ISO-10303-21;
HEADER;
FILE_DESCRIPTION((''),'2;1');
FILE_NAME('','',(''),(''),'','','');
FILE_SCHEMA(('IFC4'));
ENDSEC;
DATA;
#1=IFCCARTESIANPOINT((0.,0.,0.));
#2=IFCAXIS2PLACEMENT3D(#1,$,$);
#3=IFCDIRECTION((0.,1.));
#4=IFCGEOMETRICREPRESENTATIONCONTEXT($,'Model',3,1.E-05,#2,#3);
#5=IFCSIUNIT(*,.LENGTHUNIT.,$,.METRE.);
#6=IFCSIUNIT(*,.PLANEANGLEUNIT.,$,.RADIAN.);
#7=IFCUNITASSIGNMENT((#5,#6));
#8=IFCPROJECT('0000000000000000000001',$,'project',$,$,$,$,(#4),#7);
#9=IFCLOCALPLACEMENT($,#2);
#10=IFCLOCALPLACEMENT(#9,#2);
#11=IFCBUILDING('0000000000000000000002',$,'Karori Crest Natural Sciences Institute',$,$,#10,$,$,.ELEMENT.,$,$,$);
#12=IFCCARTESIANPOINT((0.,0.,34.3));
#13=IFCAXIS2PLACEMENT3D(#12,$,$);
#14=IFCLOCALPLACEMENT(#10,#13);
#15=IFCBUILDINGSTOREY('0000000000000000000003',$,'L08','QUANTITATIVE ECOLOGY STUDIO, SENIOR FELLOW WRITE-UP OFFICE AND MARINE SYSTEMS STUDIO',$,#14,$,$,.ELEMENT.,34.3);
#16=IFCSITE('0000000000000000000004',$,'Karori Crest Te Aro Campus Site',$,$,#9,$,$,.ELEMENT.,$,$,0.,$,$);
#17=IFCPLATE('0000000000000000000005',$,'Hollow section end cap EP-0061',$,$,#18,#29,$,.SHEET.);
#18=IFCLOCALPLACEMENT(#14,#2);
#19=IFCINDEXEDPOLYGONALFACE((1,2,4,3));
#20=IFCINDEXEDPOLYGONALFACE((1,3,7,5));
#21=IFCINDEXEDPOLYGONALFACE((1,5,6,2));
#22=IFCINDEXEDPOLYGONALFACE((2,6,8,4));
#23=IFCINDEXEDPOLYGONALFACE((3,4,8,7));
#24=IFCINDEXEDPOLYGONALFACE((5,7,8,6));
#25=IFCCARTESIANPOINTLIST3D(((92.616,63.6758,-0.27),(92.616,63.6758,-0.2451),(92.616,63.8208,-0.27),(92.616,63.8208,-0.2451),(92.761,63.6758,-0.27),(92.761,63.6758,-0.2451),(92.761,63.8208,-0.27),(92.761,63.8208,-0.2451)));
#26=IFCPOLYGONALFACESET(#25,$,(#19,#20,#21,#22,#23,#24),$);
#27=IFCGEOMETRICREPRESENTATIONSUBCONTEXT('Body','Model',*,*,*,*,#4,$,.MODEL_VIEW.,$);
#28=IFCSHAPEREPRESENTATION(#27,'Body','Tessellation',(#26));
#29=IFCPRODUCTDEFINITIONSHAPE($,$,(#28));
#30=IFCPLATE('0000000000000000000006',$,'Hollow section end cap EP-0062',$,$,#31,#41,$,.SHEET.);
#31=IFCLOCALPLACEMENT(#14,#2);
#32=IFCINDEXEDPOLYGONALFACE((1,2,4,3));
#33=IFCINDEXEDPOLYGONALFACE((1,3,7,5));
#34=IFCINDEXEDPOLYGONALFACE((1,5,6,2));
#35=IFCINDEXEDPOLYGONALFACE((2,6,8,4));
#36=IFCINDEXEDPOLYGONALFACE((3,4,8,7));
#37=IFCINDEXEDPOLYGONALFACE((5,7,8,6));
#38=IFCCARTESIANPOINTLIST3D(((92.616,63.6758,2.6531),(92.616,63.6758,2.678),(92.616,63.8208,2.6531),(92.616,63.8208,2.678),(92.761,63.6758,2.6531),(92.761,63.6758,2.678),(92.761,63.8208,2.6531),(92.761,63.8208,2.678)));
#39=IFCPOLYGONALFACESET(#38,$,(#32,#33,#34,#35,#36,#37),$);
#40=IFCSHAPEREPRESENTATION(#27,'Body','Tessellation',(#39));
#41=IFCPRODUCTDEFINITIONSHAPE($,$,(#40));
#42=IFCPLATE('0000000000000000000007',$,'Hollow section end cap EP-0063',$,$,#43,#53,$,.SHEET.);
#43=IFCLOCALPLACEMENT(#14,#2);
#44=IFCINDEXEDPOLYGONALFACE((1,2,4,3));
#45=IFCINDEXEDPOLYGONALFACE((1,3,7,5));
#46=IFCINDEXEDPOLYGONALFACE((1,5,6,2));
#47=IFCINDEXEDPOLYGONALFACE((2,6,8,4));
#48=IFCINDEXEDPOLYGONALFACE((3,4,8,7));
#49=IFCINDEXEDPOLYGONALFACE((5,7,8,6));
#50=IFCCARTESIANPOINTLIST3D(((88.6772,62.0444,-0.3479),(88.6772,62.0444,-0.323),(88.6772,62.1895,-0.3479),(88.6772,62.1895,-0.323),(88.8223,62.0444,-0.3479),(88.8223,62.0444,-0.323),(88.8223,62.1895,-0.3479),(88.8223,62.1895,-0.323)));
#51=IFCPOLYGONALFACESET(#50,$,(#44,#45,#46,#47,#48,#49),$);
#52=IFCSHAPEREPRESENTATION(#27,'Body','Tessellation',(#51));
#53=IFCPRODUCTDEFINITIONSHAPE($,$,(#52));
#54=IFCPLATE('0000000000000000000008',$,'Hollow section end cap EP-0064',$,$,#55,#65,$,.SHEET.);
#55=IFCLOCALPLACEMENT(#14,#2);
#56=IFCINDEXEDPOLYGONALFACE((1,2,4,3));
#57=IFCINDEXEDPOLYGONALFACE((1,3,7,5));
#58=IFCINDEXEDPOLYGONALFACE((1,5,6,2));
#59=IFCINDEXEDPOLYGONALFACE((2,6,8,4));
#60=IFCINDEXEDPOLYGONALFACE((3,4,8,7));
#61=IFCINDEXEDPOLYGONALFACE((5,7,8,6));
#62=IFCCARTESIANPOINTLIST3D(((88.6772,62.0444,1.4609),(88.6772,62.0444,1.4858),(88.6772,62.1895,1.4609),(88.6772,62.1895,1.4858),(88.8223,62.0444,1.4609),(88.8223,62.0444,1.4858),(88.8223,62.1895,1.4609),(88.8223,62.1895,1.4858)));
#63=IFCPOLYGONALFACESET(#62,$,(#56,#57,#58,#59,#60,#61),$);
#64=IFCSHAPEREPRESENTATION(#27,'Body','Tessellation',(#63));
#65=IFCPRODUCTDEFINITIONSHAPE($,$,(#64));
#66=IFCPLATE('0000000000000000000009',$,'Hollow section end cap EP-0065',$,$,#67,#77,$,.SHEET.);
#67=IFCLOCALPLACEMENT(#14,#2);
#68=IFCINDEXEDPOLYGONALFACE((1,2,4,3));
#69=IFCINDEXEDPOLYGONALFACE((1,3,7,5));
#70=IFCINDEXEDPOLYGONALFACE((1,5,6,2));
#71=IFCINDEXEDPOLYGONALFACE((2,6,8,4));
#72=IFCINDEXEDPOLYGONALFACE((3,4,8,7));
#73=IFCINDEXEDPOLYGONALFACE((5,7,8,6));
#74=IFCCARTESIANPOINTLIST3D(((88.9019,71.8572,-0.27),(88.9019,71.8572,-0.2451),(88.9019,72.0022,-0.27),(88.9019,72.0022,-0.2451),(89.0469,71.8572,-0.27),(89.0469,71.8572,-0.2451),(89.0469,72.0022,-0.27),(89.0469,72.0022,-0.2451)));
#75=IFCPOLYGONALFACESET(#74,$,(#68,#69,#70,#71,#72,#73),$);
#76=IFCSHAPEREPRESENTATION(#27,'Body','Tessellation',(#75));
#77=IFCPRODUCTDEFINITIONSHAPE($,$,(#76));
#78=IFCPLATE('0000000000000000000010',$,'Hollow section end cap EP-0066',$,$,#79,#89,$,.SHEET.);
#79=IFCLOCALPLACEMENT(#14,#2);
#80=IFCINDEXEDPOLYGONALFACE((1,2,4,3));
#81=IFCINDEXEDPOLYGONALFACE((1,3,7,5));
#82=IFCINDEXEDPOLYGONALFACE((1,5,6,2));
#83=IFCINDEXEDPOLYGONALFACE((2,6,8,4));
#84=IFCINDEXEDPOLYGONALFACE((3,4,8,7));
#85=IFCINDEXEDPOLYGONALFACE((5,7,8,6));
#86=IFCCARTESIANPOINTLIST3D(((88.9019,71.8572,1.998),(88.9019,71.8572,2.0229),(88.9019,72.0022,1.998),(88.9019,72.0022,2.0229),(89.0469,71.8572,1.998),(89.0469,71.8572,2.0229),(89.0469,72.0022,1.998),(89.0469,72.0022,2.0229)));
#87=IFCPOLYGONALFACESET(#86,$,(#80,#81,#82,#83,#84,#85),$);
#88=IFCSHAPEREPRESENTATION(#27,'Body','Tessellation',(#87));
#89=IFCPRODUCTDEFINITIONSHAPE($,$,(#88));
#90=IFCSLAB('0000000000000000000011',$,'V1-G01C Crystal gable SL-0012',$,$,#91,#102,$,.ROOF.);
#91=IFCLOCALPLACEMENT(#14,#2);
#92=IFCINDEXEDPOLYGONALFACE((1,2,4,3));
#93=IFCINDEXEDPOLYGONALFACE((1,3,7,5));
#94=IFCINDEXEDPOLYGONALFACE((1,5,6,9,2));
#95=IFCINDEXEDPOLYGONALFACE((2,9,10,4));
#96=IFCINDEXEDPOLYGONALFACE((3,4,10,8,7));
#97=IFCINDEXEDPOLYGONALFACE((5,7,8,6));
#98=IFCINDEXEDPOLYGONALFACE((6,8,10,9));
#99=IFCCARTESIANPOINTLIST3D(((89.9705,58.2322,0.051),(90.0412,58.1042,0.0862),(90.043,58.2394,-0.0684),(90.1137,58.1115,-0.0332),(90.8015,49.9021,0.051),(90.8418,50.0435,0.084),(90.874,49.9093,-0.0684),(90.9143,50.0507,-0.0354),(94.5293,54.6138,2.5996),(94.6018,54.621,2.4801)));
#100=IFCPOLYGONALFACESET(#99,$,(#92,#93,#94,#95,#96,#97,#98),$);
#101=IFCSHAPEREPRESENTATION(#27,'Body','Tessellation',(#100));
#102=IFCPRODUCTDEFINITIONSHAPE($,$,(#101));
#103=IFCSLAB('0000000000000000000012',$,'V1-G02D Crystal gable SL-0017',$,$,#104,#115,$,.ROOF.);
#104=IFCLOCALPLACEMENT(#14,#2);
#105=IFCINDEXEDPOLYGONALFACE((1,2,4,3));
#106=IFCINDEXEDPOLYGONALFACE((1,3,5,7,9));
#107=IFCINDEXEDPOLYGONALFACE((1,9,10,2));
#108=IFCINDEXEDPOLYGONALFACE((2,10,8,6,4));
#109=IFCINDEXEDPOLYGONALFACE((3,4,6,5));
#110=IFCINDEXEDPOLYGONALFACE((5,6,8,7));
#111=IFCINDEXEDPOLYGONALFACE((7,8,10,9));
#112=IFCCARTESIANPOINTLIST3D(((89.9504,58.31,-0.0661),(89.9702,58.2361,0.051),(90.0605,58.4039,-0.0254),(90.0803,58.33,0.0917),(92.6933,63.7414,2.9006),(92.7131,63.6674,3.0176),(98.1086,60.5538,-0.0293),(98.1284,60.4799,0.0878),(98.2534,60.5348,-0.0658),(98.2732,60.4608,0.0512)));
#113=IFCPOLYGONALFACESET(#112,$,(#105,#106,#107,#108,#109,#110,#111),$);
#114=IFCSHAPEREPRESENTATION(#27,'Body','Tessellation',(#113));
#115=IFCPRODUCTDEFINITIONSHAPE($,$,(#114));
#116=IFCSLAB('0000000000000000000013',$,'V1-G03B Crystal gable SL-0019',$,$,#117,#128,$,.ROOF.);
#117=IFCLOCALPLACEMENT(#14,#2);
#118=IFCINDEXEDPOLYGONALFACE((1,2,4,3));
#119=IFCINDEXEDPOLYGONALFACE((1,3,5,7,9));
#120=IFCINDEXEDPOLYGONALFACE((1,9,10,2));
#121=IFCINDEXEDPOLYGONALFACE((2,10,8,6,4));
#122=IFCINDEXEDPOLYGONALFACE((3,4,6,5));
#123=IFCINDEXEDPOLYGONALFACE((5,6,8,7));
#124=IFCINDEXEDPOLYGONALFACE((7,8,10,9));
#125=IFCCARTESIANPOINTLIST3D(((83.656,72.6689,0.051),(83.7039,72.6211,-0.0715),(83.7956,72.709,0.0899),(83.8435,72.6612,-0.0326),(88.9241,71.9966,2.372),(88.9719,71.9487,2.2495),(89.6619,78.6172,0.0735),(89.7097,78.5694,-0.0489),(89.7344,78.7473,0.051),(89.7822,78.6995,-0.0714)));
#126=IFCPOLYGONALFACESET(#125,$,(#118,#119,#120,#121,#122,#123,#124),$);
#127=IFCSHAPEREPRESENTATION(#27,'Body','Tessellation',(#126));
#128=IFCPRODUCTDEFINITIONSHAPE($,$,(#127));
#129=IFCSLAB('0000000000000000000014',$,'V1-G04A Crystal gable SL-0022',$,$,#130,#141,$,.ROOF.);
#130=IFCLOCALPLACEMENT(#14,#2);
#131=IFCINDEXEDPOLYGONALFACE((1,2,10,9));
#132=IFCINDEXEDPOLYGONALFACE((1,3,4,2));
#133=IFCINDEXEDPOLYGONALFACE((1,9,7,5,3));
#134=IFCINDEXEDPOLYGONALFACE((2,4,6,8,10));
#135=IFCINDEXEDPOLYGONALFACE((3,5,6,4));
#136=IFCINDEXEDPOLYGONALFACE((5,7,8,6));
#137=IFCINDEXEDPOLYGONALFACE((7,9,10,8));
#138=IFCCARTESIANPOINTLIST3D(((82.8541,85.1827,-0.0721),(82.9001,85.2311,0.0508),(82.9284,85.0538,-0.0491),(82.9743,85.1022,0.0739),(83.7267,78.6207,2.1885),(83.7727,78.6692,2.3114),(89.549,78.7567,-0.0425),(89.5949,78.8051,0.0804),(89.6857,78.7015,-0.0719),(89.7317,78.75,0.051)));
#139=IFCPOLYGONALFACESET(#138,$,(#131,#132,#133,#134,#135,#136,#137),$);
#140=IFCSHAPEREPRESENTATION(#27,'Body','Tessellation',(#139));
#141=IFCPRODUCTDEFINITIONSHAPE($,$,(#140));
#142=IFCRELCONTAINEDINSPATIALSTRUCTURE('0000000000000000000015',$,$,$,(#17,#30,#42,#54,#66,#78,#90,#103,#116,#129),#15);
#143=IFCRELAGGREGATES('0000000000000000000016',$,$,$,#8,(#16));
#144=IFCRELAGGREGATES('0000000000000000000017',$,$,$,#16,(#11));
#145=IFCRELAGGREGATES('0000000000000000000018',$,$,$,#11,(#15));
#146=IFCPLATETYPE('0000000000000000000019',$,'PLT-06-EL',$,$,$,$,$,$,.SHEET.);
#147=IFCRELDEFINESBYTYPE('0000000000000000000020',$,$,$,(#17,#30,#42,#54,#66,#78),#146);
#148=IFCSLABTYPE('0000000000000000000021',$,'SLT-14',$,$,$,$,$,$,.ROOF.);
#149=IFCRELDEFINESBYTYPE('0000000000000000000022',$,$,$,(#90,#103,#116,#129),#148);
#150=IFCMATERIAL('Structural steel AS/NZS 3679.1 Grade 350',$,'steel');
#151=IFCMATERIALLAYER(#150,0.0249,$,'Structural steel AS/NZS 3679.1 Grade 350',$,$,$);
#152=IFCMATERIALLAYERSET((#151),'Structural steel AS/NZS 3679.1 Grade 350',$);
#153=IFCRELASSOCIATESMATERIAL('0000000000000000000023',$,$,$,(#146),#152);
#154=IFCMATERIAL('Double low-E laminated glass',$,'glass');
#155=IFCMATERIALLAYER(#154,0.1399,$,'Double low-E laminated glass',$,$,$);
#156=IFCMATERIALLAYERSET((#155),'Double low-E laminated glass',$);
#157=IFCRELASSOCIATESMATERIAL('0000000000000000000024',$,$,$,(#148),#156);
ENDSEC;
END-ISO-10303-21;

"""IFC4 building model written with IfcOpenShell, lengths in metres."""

from ifc_helpers import new_model, si_unit, direction, frame, origin, origin_2d, place, context, subcontext, project, spatial, polyline, rectangle, outline, extrude, material, layer, layer_set, type_object, element, save


model = new_model("IFC4")

# Units and contexts
model_context = context("Model", 3, precision=1e-05, world=origin(), true_north=direction((0.0, 1.0)))
body_context = subcontext(model_context, "Body", "Model", "MODEL_VIEW")
ifc_project = project(units=[si_unit("LENGTHUNIT", "METRE"), si_unit("PLANEANGLEUNIT", "RADIAN")], contexts=[model_context])

# Site, building, storey
site_placement = place(None, origin())
site = spatial("IfcSite", under=ifc_project, at=site_placement, Name="Karori Crest Te Aro Campus Site", CompositionType="ELEMENT", RefElevation=0.0)
building_placement = place(site_placement, origin())
building = spatial("IfcBuilding", under=site, at=building_placement, Name="Karori Crest Natural Sciences Institute", CompositionType="ELEMENT")
storey_placement = place(building_placement, frame((0.0, 0.0, 34.3)))
storey = spatial("IfcBuildingStorey", under=building, at=storey_placement, Name="L08", Description="QUANTITATIVE ECOLOGY STUDIO, SENIOR FELLOW WRITE-UP OFFICE AND MARINE SYSTEMS STUDIO", CompositionType="ELEMENT", Elevation=34.3)

# Shared definitions
ifc_material_1 = material(Name="Structural steel AS/NZS 3679.1 Grade 350", Category="steel")

# Plates
ifc_layer_1 = layer(ifc_material_1, 0.0249, Name="Structural steel AS/NZS 3679.1 Grade 350")
ifc_layer_set_1 = layer_set([ifc_layer_1], Name="Structural steel AS/NZS 3679.1 Grade 350")
plate_type = type_object("IfcPlateType", Name="PLT-06-EL", PredefinedType="SHEET", material=ifc_layer_set_1)
for number, where, z_axis, x_axis, name in (
    (1, (92.6885, 63.7483, -0.27), (0.0, 0.0, 1.0), (1.0, 0.0, 0.0), "Hollow section end cap EP-0061"),
    (2, (92.6885, 63.7483, 2.6531), (0.0, 0.0, 1.0), (1.0, 0.0, 0.0), "Hollow section end cap EP-0062"),
    (3, (88.7498, 62.1169, -0.3479), (0.0, 0.0, 1.0), (1.0, 0.0, 0.0), "Hollow section end cap EP-0063"),
    (4, (88.7498, 62.1169, 1.4609), (0.0, 0.0, 1.0), (1.0, 0.0, 0.0), "Hollow section end cap EP-0064"),
    (5, (88.9744, 71.9297, -0.27), (0.0, 0.0, 1.0), (1.0, 0.0, 0.0), "Hollow section end cap EP-0065"),
    (6, (88.9744, 71.9297, 1.998), (0.0, 0.0, 1.0), (1.0, 0.0, 0.0), "Hollow section end cap EP-0066"),
):
    element("IfcPlate", number, at=place(storey_placement, frame(where, z_axis=z_axis, x_axis=x_axis)), inside=storey, type_object=plate_type, Name=name, PredefinedType="SHEET", context=body_context, shape_type="SweptSolid", body=[
        extrude(rectangle(XDim=0.145, YDim=0.145, at=origin_2d()), origin(), (0.0, 0.0, 1.0), 0.0249),
    ])

# Slabs
ifc_material_2 = material(Name="Double low-E laminated glass", Category="glass")
ifc_layer_2 = layer(ifc_material_2, 0.1399, Name="Double low-E laminated glass")
ifc_layer_set_2 = layer_set([ifc_layer_2], Name="Double low-E laminated glass")
slab_type = type_object("IfcSlabType", Name="SLT-14", PredefinedType="ROOF", material=ifc_layer_set_2)
slab_1_placement = place(storey_placement, frame((89.9705, 58.2322, 0.051), z_axis=(-0.518258, -0.051702, 0.85366), x_axis=(0.099272, -0.99506, 0.000002)))
element("IfcSlab", 7, at=slab_1_placement, inside=storey, type_object=slab_type, Name="V1-G01C Crystal gable SL-0012", PredefinedType="ROOF", context=body_context, shape_type="SweptSolid", body=[
    extrude(outline(polyline([(0.0, 0.0), (8.3714, 0.0), (8.2348, 0.0634), (4.0531, 4.8932), (0.1343, 0.0676), (0.0, 0.0)])), origin(), (0.0, 0.0, -1.0), 0.1399),
])
slab_2_placement = place(storey_placement, frame((89.9702, 58.2361, 0.051), z_axis=(0.141629, -0.52866, 0.836935), x_axis=(0.965928, 0.258812, 0.000025)))
element("IfcSlab", 8, at=slab_2_placement, inside=storey, type_object=slab_type, Name="V1-G02D Crystal gable SL-0017", PredefinedType="ROOF", context=body_context, shape_type="SweptSolid", body=[
    extrude(outline(polyline([(0.0, 0.0), (8.5959, 0.0), (8.461, 0.0668), (4.0552, 5.4202), (0.1307, 0.0743), (0.0, 0.0)])), origin(), (0.0, 0.0, -1.0), 0.1399),
])
slab_3_placement = place(storey_placement, frame((89.7344, 78.7473, 0.051), z_axis=(-0.34198, 0.341973, 0.875274), x_axis=(-0.707105, -0.707109, -0.000005)))
element("IfcSlab", 9, at=slab_3_placement, inside=storey, type_object=slab_type, Name="V1-G03B Crystal gable SL-0019", PredefinedType="ROOF", context=body_context, shape_type="SweptSolid", body=[
    extrude(outline(polyline([(0.0, 0.0), (8.5961, 0.0), (8.4691, 0.0804), (5.3465, 4.7991), (0.1433, 0.0465), (0.0, 0.0)])), origin(), (0.0, 0.0, -1.0), 0.1399),
])
slab_4_placement = place(storey_placement, frame((89.7317, 78.75, 0.051), z_axis=(0.328597, 0.346397, 0.878654), x_axis=(-0.725472, 0.688251, -0.000022)))
element("IfcSlab", 10, at=slab_4_placement, inside=storey, type_object=slab_type, Name="V1-G04A Crystal gable SL-0022", PredefinedType="ROOF", context=body_context, shape_type="SweptSolid", body=[
    extrude(outline(polyline([(0.0, 0.0), (9.4168, 0.0), (9.2742, 0.0482), (4.2674, 4.7345), (0.1372, 0.0616), (0.0, 0.0)])), origin(), (0.0, 0.0, -1.0), 0.1399),
])

save(model, "model.ifc")
